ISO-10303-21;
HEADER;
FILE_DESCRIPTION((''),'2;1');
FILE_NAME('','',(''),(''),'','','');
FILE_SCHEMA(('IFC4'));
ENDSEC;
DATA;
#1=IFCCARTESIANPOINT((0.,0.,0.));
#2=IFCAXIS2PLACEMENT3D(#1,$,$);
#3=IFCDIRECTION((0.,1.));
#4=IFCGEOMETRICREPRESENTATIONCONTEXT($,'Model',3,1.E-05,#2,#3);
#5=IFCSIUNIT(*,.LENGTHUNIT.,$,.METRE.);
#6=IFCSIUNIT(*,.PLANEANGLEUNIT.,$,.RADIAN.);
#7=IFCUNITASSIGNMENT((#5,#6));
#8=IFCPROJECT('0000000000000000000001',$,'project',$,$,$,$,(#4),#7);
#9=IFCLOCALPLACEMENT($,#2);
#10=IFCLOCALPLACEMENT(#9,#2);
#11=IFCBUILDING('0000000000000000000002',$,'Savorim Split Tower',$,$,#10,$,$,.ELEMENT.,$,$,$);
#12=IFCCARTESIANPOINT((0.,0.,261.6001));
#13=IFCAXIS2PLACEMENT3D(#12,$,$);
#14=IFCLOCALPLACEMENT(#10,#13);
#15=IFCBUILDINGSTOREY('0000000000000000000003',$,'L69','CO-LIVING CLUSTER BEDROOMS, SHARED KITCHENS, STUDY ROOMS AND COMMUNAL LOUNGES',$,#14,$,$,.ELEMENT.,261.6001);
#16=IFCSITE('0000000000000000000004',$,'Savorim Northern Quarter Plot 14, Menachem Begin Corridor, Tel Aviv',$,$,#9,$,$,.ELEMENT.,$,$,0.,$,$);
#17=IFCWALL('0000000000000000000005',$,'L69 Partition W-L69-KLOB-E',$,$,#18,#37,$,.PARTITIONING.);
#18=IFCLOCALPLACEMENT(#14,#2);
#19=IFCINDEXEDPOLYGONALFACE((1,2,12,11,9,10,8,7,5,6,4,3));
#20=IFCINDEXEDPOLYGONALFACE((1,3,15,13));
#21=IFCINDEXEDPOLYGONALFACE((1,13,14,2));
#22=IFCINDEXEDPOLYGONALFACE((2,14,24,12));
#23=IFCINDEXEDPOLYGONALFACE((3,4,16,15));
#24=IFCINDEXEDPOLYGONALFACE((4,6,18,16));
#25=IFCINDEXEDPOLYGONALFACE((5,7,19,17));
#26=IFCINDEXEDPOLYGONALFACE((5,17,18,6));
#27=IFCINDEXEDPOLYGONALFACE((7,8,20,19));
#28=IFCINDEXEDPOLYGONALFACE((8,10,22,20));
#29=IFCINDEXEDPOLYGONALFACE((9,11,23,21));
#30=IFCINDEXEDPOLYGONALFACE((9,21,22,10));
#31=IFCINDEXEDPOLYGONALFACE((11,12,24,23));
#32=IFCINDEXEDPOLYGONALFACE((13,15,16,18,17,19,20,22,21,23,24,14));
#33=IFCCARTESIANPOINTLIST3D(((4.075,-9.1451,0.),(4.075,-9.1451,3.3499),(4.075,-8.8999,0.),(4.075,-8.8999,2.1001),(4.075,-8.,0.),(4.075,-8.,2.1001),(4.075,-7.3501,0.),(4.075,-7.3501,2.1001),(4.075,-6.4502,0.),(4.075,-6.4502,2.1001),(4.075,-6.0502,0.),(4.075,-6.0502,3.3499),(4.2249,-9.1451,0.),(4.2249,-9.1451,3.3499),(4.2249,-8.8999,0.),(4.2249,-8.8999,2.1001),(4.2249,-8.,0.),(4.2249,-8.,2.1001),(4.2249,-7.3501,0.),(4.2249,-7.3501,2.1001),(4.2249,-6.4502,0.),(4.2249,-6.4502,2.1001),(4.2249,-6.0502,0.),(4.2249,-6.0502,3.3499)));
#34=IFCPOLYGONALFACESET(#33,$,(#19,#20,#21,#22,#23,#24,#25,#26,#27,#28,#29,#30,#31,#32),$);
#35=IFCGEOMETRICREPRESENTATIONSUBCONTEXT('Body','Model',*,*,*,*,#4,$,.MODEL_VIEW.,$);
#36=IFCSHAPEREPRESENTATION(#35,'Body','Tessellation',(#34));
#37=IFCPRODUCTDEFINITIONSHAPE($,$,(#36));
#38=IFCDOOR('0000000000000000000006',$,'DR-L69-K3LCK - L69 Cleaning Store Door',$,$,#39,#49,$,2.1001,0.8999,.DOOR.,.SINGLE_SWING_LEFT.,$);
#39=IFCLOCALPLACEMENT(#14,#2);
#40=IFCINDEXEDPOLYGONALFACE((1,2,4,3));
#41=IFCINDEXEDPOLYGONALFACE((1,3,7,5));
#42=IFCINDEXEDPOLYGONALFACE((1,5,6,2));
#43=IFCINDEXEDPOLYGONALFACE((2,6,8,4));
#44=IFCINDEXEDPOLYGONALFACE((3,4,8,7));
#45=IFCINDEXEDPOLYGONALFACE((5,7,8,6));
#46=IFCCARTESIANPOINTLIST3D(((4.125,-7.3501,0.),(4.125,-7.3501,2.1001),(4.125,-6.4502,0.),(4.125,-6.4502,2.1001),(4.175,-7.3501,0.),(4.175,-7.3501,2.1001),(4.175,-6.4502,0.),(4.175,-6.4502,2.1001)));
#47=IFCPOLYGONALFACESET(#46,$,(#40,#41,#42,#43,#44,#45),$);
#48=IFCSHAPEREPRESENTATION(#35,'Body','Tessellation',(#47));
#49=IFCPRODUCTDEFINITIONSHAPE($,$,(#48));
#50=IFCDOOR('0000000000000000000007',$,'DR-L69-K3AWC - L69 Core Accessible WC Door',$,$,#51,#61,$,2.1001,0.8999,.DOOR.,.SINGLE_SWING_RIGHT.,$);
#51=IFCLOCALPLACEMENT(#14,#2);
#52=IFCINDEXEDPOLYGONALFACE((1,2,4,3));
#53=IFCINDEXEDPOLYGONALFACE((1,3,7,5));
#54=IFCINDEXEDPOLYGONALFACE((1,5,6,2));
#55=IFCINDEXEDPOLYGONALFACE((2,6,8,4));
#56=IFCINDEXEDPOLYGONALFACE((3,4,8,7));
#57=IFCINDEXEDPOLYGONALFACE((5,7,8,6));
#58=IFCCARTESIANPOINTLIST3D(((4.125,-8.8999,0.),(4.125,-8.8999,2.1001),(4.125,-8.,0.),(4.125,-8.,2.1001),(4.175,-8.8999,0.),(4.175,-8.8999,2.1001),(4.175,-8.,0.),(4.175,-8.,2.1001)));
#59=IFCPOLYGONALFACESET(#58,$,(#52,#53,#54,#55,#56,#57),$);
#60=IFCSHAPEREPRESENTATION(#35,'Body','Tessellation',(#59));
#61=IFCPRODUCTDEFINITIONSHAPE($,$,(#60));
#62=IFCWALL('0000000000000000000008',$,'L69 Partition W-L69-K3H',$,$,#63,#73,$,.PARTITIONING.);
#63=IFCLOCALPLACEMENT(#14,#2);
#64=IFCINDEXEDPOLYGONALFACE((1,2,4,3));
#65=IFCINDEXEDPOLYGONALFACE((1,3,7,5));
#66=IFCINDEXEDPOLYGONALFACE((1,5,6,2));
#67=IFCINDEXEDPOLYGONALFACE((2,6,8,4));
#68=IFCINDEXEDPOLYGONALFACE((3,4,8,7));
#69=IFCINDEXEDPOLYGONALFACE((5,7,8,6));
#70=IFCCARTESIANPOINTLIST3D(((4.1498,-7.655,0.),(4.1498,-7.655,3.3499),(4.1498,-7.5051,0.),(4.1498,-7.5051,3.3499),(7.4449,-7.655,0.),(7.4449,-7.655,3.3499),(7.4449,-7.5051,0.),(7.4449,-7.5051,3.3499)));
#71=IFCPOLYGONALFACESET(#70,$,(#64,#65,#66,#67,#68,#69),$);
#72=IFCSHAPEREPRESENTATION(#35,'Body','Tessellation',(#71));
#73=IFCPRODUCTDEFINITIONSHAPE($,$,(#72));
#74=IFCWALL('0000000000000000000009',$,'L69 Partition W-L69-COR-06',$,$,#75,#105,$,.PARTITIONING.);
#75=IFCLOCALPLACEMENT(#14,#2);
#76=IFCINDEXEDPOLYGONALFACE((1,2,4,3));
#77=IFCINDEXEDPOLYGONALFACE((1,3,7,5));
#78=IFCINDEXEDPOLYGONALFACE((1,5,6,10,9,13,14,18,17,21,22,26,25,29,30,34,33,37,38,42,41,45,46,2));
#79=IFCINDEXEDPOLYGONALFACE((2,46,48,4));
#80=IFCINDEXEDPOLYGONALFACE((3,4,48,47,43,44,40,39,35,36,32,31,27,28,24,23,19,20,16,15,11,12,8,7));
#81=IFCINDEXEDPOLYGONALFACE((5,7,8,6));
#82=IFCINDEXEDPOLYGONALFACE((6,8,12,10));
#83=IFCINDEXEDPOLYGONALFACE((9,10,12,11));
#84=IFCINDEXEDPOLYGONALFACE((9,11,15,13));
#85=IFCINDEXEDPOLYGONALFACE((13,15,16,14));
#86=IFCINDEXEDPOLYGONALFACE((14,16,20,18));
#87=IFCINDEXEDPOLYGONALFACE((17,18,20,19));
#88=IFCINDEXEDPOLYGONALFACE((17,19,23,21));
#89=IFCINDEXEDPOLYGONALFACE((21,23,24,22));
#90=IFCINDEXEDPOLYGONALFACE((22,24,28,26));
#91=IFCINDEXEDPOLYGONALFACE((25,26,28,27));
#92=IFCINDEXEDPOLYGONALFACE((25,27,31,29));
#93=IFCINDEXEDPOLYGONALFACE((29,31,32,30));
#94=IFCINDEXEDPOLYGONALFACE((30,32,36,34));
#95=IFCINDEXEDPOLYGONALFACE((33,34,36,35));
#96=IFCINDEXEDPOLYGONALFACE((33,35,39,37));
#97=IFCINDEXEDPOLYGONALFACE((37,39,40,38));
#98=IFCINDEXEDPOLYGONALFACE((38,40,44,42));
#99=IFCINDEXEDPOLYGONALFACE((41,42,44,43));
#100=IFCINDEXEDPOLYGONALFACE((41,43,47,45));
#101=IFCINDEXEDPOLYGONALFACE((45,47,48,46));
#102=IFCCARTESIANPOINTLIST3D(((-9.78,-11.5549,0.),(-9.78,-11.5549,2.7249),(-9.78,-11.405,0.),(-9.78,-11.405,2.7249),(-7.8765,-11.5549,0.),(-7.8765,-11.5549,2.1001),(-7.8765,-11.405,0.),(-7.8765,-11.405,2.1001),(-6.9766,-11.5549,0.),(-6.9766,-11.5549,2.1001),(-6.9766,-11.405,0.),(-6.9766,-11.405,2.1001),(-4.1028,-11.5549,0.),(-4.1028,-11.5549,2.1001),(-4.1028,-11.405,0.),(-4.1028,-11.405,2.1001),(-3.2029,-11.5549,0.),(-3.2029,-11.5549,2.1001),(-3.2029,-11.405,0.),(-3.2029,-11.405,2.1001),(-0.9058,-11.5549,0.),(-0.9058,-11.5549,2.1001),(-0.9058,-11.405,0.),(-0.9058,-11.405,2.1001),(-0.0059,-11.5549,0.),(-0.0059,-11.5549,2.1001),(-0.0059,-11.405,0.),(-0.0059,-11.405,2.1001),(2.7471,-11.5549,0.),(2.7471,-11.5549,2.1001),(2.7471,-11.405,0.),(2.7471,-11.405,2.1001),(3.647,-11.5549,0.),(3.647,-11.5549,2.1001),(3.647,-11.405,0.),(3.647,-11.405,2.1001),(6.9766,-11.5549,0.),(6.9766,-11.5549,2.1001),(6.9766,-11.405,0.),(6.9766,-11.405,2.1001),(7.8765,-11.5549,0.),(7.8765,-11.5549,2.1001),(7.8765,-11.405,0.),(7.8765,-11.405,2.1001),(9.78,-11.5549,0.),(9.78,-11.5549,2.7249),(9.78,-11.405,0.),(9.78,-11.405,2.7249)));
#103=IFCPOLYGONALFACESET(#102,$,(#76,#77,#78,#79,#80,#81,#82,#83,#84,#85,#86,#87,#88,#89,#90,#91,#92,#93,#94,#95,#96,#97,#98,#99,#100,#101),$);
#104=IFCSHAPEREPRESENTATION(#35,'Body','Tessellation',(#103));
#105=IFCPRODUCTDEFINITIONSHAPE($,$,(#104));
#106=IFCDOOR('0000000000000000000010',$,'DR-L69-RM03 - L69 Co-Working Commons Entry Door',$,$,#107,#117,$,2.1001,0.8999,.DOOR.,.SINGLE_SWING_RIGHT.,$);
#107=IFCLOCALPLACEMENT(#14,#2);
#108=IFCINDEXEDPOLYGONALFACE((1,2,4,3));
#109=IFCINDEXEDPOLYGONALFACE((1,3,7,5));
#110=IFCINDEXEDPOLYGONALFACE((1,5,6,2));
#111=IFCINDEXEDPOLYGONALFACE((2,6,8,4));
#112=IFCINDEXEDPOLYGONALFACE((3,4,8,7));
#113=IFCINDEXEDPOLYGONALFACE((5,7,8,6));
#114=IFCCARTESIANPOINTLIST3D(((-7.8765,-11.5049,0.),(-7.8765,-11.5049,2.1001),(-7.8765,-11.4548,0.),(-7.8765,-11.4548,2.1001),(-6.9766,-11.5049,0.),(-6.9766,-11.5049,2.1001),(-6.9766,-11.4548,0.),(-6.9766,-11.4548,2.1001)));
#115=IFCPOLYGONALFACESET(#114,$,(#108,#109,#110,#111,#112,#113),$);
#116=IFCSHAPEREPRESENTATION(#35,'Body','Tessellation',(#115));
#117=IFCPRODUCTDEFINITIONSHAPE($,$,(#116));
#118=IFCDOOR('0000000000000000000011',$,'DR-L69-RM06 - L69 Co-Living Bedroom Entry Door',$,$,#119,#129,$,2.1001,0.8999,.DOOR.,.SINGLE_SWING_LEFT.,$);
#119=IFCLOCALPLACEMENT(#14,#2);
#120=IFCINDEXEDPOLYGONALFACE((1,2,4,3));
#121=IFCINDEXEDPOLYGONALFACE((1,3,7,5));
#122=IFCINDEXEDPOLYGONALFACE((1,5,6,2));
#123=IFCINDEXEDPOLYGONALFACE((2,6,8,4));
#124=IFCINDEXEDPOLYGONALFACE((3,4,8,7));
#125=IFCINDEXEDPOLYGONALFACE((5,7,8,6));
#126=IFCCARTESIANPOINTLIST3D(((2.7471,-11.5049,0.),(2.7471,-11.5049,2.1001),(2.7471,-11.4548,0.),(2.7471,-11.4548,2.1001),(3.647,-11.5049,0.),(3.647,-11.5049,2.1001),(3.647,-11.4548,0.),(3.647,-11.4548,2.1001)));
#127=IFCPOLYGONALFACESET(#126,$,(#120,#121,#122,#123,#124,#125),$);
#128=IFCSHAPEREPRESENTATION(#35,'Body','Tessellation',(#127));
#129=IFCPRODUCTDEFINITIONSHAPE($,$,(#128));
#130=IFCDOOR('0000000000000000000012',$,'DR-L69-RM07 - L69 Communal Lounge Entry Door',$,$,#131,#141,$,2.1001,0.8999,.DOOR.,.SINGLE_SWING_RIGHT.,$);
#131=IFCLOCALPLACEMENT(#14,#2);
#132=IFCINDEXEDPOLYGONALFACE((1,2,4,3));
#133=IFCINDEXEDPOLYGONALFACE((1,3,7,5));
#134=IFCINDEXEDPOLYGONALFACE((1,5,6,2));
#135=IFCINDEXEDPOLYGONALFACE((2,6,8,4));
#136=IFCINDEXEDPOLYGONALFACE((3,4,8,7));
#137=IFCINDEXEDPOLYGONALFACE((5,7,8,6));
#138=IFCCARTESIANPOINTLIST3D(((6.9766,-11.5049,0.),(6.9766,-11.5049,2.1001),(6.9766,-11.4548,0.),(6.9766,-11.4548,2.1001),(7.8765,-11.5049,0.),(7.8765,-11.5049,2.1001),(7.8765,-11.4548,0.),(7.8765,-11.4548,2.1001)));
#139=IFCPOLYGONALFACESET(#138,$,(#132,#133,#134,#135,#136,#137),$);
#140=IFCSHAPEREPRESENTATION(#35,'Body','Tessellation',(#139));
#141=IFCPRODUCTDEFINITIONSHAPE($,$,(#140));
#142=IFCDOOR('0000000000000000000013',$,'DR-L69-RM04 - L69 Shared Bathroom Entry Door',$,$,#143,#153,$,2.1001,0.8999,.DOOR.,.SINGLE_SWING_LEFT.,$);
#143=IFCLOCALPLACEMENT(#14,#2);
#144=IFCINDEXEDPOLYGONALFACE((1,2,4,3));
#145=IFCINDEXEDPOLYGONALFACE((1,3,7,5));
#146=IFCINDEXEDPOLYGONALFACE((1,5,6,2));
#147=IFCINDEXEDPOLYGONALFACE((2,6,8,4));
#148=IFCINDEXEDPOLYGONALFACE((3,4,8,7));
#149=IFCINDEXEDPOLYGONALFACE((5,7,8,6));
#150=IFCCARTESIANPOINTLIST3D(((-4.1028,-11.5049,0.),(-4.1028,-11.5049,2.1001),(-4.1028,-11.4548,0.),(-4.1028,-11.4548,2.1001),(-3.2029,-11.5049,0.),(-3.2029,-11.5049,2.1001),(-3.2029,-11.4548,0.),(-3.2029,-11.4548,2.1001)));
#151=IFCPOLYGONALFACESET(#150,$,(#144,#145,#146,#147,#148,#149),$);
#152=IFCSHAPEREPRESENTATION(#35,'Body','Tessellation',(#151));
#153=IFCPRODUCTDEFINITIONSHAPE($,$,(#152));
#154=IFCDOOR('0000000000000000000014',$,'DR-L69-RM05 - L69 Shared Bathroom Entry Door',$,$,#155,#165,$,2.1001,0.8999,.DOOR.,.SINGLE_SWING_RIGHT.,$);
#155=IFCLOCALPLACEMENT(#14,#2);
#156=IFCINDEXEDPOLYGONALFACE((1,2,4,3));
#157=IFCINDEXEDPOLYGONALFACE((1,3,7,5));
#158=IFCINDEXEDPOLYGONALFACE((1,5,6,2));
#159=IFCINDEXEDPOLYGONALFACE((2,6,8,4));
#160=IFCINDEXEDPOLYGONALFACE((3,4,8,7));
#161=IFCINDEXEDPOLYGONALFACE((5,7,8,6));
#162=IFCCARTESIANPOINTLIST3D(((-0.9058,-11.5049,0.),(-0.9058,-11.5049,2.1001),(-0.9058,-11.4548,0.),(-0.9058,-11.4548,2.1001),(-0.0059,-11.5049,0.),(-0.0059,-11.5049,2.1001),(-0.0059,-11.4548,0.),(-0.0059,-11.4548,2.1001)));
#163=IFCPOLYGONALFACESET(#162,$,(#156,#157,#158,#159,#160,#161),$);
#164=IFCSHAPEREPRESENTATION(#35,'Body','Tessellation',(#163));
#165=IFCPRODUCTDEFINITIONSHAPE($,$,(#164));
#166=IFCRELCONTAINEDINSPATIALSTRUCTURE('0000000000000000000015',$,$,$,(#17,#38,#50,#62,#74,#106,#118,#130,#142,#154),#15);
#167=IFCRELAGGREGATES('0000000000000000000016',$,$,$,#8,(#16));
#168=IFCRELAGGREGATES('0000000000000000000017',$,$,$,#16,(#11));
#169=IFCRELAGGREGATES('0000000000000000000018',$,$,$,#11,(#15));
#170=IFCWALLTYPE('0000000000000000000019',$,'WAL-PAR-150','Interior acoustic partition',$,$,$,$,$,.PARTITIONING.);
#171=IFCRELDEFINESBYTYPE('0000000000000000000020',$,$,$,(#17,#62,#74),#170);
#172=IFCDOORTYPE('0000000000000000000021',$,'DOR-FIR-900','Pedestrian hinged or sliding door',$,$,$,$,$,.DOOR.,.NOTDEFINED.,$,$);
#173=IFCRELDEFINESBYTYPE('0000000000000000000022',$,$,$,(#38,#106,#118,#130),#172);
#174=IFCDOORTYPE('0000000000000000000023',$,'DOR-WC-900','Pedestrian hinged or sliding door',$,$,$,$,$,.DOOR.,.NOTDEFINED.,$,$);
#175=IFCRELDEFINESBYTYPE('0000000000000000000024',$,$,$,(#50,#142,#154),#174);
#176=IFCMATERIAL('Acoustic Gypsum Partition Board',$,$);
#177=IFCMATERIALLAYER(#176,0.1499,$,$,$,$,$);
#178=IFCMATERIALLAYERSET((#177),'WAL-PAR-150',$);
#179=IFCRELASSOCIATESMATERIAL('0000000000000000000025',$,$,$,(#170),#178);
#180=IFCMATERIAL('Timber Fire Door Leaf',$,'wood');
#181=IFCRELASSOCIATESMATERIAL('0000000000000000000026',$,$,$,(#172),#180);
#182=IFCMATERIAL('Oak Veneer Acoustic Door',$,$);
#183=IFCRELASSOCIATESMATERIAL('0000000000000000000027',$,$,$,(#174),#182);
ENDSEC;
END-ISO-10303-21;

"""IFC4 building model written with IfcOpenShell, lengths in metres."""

from ifc_helpers import new_model, si_unit, direction, frame, frame_2d, origin, place, context, subcontext, project, spatial, rectangle, extrude, material, layer, layer_set, type_object, element, fill, save


model = new_model("IFC4")

# Units and contexts
model_context = context("Model", 3, precision=1e-05, world=origin(), true_north=direction((0.0, 1.0)))
body_context = subcontext(model_context, "Body", "Model", "MODEL_VIEW")
ifc_project = project(units=[si_unit("LENGTHUNIT", "METRE"), si_unit("PLANEANGLEUNIT", "RADIAN")], contexts=[model_context])

# Site, building, storey
site_placement = place(None, origin())
site = spatial("IfcSite", under=ifc_project, at=site_placement, Name="Savorim Northern Quarter Plot 14, Menachem Begin Corridor, Tel Aviv", CompositionType="ELEMENT", RefElevation=0.0)
building_placement = place(site_placement, origin())
building = spatial("IfcBuilding", under=site, at=building_placement, Name="Savorim Split Tower", CompositionType="ELEMENT")
storey_placement = place(building_placement, frame((0.0, 0.0, 261.6001)))
storey = spatial("IfcBuildingStorey", under=building, at=storey_placement, Name="L69", Description="CO-LIVING CLUSTER BEDROOMS, SHARED KITCHENS, STUDY ROOMS AND COMMUNAL LOUNGES", CompositionType="ELEMENT", Elevation=261.6001)

# Shared definitions
ifc_material_1 = material(Name="Timber Fire Door Leaf", Category="wood")

# Wall, openings, doors
ifc_material_2 = material(Name="Acoustic Gypsum Partition Board")
ifc_layer_1 = layer(ifc_material_2, 0.1499)
ifc_layer_set_1 = layer_set([ifc_layer_1], Name="WAL-PAR-150")
wall_type_1 = type_object("IfcWallType", Name="WAL-PAR-150", Description="Interior acoustic partition", PredefinedType="PARTITIONING", material=ifc_layer_set_1)
wall_1_placement = place(storey_placement, frame((4.1499, -9.145, 0.0), z_axis=(0.0, 0.0, 1.0), x_axis=(0.0, 1.0, 0.0)))
wall_1 = element("IfcWall", 1, at=wall_1_placement, inside=storey, type_object=wall_type_1, Name="L69 Partition W-L69-KLOB-E", PredefinedType="PARTITIONING", context=body_context, shape_type="SweptSolid", body=[
    extrude(rectangle(XDim=3.095, YDim=0.1499, at=frame_2d((1.5474, 0.0))), origin(), (0.0, 0.0, 1.0), 3.3499),
])
opening_1_placement = place(wall_1_placement, frame((0.2451, 0.0, 0.0)))
opening_1 = element("IfcOpeningElement", 2, at=opening_1_placement, cuts=wall_1, PredefinedType="OPENING", context=body_context, shape_type="SweptSolid", body=[
    extrude(rectangle(XDim=0.8999, YDim=2.1001, at=frame_2d((0.45, 1.05))), frame((0.0, 0.085, 0.0), z_axis=(0.0, -1.0, 0.0), x_axis=(1.0, 0.0, 0.0)), (0.0, 0.0, 1.0), 0.1699),
])
opening_2_placement = place(wall_1_placement, frame((1.7949, 0.0, 0.0)))
opening_2 = element("IfcOpeningElement", 3, at=opening_2_placement, cuts=wall_1, PredefinedType="OPENING", context=body_context, shape_type="SweptSolid", body=[
    extrude(rectangle(XDim=0.8999, YDim=2.1001, at=frame_2d((0.45, 1.05))), frame((0.0, 0.085, 0.0), z_axis=(0.0, -1.0, 0.0), x_axis=(1.0, 0.0, 0.0)), (0.0, 0.0, 1.0), 0.1699),
])
door_type_1 = type_object("IfcDoorType", Name="DOR-FIR-900", Description="Pedestrian hinged or sliding door", OperationType="NOTDEFINED", PredefinedType="DOOR", material=ifc_material_1)
door_1_placement = place(opening_2_placement, origin())
door_1 = element("IfcDoor", 4, at=door_1_placement, inside=storey, type_object=door_type_1, Name="DR-L69-K3LCK - L69 Cleaning Store Door", OperationType="SINGLE_SWING_LEFT", OverallHeight=2.1001, OverallWidth=0.8999, PredefinedType="DOOR", context=body_context, shape_type="SweptSolid", body=[
    extrude(rectangle(XDim=0.8999, YDim=2.1001, at=frame_2d((0.45, 1.05))), frame((0.0, 0.0249, 0.0), z_axis=(0.0, -1.0, 0.0), x_axis=(1.0, 0.0, 0.0)), (0.0, 0.0, 1.0), 0.05),
])
fill(opening_2, door_1)
ifc_material_3 = material(Name="Oak Veneer Acoustic Door")
door_type_2 = type_object("IfcDoorType", Name="DOR-WC-900", Description="Pedestrian hinged or sliding door", OperationType="NOTDEFINED", PredefinedType="DOOR", material=ifc_material_3)
door_2_placement = place(opening_1_placement, origin())
door_2 = element("IfcDoor", 5, at=door_2_placement, inside=storey, type_object=door_type_2, Name="DR-L69-K3AWC - L69 Core Accessible WC Door", OperationType="SINGLE_SWING_RIGHT", OverallHeight=2.1001, OverallWidth=0.8999, PredefinedType="DOOR", context=body_context, shape_type="SweptSolid", body=[
    extrude(rectangle(XDim=0.8999, YDim=2.1001, at=frame_2d((0.45, 1.05))), frame((0.0, 0.0249, 0.0), z_axis=(0.0, -1.0, 0.0), x_axis=(1.0, 0.0, 0.0)), (0.0, 0.0, 1.0), 0.05),
])
fill(opening_1, door_2)

# Wall
wall_2_placement = place(storey_placement, frame((4.1499, -7.5801, 0.0), z_axis=(0.0, 0.0, 1.0), x_axis=(1.0, 0.0, 0.0)))
element("IfcWall", 6, at=wall_2_placement, inside=storey, type_object=wall_type_1, Name="L69 Partition W-L69-K3H", PredefinedType="PARTITIONING", context=body_context, shape_type="SweptSolid", body=[
    extrude(rectangle(XDim=3.2952, YDim=0.1499, at=frame_2d((1.6475, 0.0))), origin(), (0.0, 0.0, 1.0), 3.3499),
])

# Wall, openings, doors
wall_3_placement = place(storey_placement, frame((9.78, -11.48, 0.0), z_axis=(0.0, 0.0, 1.0), x_axis=(-1.0, 0.0, 0.0)))
wall_3 = element("IfcWall", 7, at=wall_3_placement, inside=storey, type_object=wall_type_1, Name="L69 Partition W-L69-COR-06", PredefinedType="PARTITIONING", context=body_context, shape_type="SweptSolid", body=[
    extrude(rectangle(XDim=19.5601, YDim=0.1499, at=frame_2d((9.78, 0.0))), origin(), (0.0, 0.0, 1.0), 2.7249),
])
opening_3_placement = place(wall_3_placement, frame((16.7566, 0.0, 0.0)))
opening_3 = element("IfcOpeningElement", 8, at=opening_3_placement, cuts=wall_3, PredefinedType="OPENING", context=body_context, shape_type="SweptSolid", body=[
    extrude(rectangle(XDim=0.8999, YDim=2.1001, at=frame_2d((0.45, 1.05))), frame((0.0, 0.085, 0.0), z_axis=(0.0, -1.0, 0.0), x_axis=(1.0, 0.0, 0.0)), (0.0, 0.0, 1.0), 0.1699),
])
opening_4_placement = place(wall_3_placement, frame((12.9829, 0.0, 0.0)))
opening_4 = element("IfcOpeningElement", 9, at=opening_4_placement, cuts=wall_3, PredefinedType="OPENING", context=body_context, shape_type="SweptSolid", body=[
    extrude(rectangle(XDim=0.8999, YDim=2.1001, at=frame_2d((0.45, 1.05))), frame((0.0, 0.085, 0.0), z_axis=(0.0, -1.0, 0.0), x_axis=(1.0, 0.0, 0.0)), (0.0, 0.0, 1.0), 0.1699),
])
opening_5_placement = place(wall_3_placement, frame((9.7859, 0.0, 0.0)))
opening_5 = element("IfcOpeningElement", 10, at=opening_5_placement, cuts=wall_3, PredefinedType="OPENING", context=body_context, shape_type="SweptSolid", body=[
    extrude(rectangle(XDim=0.8999, YDim=2.1001, at=frame_2d((0.45, 1.05))), frame((0.0, 0.085, 0.0), z_axis=(0.0, -1.0, 0.0), x_axis=(1.0, 0.0, 0.0)), (0.0, 0.0, 1.0), 0.1699),
])
opening_6_placement = place(wall_3_placement, frame((6.1331, 0.0, 0.0)))
opening_6 = element("IfcOpeningElement", 11, at=opening_6_placement, cuts=wall_3, PredefinedType="OPENING", context=body_context, shape_type="SweptSolid", body=[
    extrude(rectangle(XDim=0.8999, YDim=2.1001, at=frame_2d((0.45, 1.05))), frame((0.0, 0.085, 0.0), z_axis=(0.0, -1.0, 0.0), x_axis=(1.0, 0.0, 0.0)), (0.0, 0.0, 1.0), 0.1699),
])
opening_7_placement = place(wall_3_placement, frame((1.9036, 0.0, 0.0)))
opening_7 = element("IfcOpeningElement", 12, at=opening_7_placement, cuts=wall_3, PredefinedType="OPENING", context=body_context, shape_type="SweptSolid", body=[
    extrude(rectangle(XDim=0.8999, YDim=2.1001, at=frame_2d((0.45, 1.05))), frame((0.0, 0.085, 0.0), z_axis=(0.0, -1.0, 0.0), x_axis=(1.0, 0.0, 0.0)), (0.0, 0.0, 1.0), 0.1699),
])
door_3_placement = place(opening_3_placement, origin())
door_3 = element("IfcDoor", 13, at=door_3_placement, inside=storey, type_object=door_type_1, Name="DR-L69-RM03 - L69 Co-Working Commons Entry Door", OperationType="SINGLE_SWING_RIGHT", OverallHeight=2.1001, OverallWidth=0.8999, PredefinedType="DOOR", context=body_context, shape_type="SweptSolid", body=[
    extrude(rectangle(XDim=0.8999, YDim=2.1001, at=frame_2d((0.45, 1.05))), frame((0.0, 0.0249, 0.0), z_axis=(0.0, -1.0, 0.0), x_axis=(1.0, 0.0, 0.0)), (0.0, 0.0, 1.0), 0.05),
])
fill(opening_3, door_3)
door_4_placement = place(opening_6_placement, origin())
door_4 = element("IfcDoor", 14, at=door_4_placement, inside=storey, type_object=door_type_1, Name="DR-L69-RM06 - L69 Co-Living Bedroom Entry Door", OperationType="SINGLE_SWING_LEFT", OverallHeight=2.1001, OverallWidth=0.8999, PredefinedType="DOOR", context=body_context, shape_type="SweptSolid", body=[
    extrude(rectangle(XDim=0.8999, YDim=2.1001, at=frame_2d((0.45, 1.05))), frame((0.0, 0.0249, 0.0), z_axis=(0.0, -1.0, 0.0), x_axis=(1.0, 0.0, 0.0)), (0.0, 0.0, 1.0), 0.05),
])
fill(opening_6, door_4)
door_5_placement = place(opening_7_placement, origin())
door_5 = element("IfcDoor", 15, at=door_5_placement, inside=storey, type_object=door_type_1, Name="DR-L69-RM07 - L69 Communal Lounge Entry Door", OperationType="SINGLE_SWING_RIGHT", OverallHeight=2.1001, OverallWidth=0.8999, PredefinedType="DOOR", context=body_context, shape_type="SweptSolid", body=[
    extrude(rectangle(XDim=0.8999, YDim=2.1001, at=frame_2d((0.45, 1.05))), frame((0.0, 0.0249, 0.0), z_axis=(0.0, -1.0, 0.0), x_axis=(1.0, 0.0, 0.0)), (0.0, 0.0, 1.0), 0.05),
])
fill(opening_7, door_5)
door_6_placement = place(opening_4_placement, origin())
door_6 = element("IfcDoor", 16, at=door_6_placement, inside=storey, type_object=door_type_2, Name="DR-L69-RM04 - L69 Shared Bathroom Entry Door", OperationType="SINGLE_SWING_LEFT", OverallHeight=2.1001, OverallWidth=0.8999, PredefinedType="DOOR", context=body_context, shape_type="SweptSolid", body=[
    extrude(rectangle(XDim=0.8999, YDim=2.1001, at=frame_2d((0.45, 1.05))), frame((0.0, 0.0249, 0.0), z_axis=(0.0, -1.0, 0.0), x_axis=(1.0, 0.0, 0.0)), (0.0, 0.0, 1.0), 0.05),
])
fill(opening_4, door_6)
door_7_placement = place(opening_5_placement, origin())
door_7 = element("IfcDoor", 17, at=door_7_placement, inside=storey, type_object=door_type_2, Name="DR-L69-RM05 - L69 Shared Bathroom Entry Door", OperationType="SINGLE_SWING_RIGHT", OverallHeight=2.1001, OverallWidth=0.8999, PredefinedType="DOOR", context=body_context, shape_type="SweptSolid", body=[
    extrude(rectangle(XDim=0.8999, YDim=2.1001, at=frame_2d((0.45, 1.05))), frame((0.0, 0.0249, 0.0), z_axis=(0.0, -1.0, 0.0), x_axis=(1.0, 0.0, 0.0)), (0.0, 0.0, 1.0), 0.05),
])
fill(opening_5, door_7)

save(model, "model.ifc")
